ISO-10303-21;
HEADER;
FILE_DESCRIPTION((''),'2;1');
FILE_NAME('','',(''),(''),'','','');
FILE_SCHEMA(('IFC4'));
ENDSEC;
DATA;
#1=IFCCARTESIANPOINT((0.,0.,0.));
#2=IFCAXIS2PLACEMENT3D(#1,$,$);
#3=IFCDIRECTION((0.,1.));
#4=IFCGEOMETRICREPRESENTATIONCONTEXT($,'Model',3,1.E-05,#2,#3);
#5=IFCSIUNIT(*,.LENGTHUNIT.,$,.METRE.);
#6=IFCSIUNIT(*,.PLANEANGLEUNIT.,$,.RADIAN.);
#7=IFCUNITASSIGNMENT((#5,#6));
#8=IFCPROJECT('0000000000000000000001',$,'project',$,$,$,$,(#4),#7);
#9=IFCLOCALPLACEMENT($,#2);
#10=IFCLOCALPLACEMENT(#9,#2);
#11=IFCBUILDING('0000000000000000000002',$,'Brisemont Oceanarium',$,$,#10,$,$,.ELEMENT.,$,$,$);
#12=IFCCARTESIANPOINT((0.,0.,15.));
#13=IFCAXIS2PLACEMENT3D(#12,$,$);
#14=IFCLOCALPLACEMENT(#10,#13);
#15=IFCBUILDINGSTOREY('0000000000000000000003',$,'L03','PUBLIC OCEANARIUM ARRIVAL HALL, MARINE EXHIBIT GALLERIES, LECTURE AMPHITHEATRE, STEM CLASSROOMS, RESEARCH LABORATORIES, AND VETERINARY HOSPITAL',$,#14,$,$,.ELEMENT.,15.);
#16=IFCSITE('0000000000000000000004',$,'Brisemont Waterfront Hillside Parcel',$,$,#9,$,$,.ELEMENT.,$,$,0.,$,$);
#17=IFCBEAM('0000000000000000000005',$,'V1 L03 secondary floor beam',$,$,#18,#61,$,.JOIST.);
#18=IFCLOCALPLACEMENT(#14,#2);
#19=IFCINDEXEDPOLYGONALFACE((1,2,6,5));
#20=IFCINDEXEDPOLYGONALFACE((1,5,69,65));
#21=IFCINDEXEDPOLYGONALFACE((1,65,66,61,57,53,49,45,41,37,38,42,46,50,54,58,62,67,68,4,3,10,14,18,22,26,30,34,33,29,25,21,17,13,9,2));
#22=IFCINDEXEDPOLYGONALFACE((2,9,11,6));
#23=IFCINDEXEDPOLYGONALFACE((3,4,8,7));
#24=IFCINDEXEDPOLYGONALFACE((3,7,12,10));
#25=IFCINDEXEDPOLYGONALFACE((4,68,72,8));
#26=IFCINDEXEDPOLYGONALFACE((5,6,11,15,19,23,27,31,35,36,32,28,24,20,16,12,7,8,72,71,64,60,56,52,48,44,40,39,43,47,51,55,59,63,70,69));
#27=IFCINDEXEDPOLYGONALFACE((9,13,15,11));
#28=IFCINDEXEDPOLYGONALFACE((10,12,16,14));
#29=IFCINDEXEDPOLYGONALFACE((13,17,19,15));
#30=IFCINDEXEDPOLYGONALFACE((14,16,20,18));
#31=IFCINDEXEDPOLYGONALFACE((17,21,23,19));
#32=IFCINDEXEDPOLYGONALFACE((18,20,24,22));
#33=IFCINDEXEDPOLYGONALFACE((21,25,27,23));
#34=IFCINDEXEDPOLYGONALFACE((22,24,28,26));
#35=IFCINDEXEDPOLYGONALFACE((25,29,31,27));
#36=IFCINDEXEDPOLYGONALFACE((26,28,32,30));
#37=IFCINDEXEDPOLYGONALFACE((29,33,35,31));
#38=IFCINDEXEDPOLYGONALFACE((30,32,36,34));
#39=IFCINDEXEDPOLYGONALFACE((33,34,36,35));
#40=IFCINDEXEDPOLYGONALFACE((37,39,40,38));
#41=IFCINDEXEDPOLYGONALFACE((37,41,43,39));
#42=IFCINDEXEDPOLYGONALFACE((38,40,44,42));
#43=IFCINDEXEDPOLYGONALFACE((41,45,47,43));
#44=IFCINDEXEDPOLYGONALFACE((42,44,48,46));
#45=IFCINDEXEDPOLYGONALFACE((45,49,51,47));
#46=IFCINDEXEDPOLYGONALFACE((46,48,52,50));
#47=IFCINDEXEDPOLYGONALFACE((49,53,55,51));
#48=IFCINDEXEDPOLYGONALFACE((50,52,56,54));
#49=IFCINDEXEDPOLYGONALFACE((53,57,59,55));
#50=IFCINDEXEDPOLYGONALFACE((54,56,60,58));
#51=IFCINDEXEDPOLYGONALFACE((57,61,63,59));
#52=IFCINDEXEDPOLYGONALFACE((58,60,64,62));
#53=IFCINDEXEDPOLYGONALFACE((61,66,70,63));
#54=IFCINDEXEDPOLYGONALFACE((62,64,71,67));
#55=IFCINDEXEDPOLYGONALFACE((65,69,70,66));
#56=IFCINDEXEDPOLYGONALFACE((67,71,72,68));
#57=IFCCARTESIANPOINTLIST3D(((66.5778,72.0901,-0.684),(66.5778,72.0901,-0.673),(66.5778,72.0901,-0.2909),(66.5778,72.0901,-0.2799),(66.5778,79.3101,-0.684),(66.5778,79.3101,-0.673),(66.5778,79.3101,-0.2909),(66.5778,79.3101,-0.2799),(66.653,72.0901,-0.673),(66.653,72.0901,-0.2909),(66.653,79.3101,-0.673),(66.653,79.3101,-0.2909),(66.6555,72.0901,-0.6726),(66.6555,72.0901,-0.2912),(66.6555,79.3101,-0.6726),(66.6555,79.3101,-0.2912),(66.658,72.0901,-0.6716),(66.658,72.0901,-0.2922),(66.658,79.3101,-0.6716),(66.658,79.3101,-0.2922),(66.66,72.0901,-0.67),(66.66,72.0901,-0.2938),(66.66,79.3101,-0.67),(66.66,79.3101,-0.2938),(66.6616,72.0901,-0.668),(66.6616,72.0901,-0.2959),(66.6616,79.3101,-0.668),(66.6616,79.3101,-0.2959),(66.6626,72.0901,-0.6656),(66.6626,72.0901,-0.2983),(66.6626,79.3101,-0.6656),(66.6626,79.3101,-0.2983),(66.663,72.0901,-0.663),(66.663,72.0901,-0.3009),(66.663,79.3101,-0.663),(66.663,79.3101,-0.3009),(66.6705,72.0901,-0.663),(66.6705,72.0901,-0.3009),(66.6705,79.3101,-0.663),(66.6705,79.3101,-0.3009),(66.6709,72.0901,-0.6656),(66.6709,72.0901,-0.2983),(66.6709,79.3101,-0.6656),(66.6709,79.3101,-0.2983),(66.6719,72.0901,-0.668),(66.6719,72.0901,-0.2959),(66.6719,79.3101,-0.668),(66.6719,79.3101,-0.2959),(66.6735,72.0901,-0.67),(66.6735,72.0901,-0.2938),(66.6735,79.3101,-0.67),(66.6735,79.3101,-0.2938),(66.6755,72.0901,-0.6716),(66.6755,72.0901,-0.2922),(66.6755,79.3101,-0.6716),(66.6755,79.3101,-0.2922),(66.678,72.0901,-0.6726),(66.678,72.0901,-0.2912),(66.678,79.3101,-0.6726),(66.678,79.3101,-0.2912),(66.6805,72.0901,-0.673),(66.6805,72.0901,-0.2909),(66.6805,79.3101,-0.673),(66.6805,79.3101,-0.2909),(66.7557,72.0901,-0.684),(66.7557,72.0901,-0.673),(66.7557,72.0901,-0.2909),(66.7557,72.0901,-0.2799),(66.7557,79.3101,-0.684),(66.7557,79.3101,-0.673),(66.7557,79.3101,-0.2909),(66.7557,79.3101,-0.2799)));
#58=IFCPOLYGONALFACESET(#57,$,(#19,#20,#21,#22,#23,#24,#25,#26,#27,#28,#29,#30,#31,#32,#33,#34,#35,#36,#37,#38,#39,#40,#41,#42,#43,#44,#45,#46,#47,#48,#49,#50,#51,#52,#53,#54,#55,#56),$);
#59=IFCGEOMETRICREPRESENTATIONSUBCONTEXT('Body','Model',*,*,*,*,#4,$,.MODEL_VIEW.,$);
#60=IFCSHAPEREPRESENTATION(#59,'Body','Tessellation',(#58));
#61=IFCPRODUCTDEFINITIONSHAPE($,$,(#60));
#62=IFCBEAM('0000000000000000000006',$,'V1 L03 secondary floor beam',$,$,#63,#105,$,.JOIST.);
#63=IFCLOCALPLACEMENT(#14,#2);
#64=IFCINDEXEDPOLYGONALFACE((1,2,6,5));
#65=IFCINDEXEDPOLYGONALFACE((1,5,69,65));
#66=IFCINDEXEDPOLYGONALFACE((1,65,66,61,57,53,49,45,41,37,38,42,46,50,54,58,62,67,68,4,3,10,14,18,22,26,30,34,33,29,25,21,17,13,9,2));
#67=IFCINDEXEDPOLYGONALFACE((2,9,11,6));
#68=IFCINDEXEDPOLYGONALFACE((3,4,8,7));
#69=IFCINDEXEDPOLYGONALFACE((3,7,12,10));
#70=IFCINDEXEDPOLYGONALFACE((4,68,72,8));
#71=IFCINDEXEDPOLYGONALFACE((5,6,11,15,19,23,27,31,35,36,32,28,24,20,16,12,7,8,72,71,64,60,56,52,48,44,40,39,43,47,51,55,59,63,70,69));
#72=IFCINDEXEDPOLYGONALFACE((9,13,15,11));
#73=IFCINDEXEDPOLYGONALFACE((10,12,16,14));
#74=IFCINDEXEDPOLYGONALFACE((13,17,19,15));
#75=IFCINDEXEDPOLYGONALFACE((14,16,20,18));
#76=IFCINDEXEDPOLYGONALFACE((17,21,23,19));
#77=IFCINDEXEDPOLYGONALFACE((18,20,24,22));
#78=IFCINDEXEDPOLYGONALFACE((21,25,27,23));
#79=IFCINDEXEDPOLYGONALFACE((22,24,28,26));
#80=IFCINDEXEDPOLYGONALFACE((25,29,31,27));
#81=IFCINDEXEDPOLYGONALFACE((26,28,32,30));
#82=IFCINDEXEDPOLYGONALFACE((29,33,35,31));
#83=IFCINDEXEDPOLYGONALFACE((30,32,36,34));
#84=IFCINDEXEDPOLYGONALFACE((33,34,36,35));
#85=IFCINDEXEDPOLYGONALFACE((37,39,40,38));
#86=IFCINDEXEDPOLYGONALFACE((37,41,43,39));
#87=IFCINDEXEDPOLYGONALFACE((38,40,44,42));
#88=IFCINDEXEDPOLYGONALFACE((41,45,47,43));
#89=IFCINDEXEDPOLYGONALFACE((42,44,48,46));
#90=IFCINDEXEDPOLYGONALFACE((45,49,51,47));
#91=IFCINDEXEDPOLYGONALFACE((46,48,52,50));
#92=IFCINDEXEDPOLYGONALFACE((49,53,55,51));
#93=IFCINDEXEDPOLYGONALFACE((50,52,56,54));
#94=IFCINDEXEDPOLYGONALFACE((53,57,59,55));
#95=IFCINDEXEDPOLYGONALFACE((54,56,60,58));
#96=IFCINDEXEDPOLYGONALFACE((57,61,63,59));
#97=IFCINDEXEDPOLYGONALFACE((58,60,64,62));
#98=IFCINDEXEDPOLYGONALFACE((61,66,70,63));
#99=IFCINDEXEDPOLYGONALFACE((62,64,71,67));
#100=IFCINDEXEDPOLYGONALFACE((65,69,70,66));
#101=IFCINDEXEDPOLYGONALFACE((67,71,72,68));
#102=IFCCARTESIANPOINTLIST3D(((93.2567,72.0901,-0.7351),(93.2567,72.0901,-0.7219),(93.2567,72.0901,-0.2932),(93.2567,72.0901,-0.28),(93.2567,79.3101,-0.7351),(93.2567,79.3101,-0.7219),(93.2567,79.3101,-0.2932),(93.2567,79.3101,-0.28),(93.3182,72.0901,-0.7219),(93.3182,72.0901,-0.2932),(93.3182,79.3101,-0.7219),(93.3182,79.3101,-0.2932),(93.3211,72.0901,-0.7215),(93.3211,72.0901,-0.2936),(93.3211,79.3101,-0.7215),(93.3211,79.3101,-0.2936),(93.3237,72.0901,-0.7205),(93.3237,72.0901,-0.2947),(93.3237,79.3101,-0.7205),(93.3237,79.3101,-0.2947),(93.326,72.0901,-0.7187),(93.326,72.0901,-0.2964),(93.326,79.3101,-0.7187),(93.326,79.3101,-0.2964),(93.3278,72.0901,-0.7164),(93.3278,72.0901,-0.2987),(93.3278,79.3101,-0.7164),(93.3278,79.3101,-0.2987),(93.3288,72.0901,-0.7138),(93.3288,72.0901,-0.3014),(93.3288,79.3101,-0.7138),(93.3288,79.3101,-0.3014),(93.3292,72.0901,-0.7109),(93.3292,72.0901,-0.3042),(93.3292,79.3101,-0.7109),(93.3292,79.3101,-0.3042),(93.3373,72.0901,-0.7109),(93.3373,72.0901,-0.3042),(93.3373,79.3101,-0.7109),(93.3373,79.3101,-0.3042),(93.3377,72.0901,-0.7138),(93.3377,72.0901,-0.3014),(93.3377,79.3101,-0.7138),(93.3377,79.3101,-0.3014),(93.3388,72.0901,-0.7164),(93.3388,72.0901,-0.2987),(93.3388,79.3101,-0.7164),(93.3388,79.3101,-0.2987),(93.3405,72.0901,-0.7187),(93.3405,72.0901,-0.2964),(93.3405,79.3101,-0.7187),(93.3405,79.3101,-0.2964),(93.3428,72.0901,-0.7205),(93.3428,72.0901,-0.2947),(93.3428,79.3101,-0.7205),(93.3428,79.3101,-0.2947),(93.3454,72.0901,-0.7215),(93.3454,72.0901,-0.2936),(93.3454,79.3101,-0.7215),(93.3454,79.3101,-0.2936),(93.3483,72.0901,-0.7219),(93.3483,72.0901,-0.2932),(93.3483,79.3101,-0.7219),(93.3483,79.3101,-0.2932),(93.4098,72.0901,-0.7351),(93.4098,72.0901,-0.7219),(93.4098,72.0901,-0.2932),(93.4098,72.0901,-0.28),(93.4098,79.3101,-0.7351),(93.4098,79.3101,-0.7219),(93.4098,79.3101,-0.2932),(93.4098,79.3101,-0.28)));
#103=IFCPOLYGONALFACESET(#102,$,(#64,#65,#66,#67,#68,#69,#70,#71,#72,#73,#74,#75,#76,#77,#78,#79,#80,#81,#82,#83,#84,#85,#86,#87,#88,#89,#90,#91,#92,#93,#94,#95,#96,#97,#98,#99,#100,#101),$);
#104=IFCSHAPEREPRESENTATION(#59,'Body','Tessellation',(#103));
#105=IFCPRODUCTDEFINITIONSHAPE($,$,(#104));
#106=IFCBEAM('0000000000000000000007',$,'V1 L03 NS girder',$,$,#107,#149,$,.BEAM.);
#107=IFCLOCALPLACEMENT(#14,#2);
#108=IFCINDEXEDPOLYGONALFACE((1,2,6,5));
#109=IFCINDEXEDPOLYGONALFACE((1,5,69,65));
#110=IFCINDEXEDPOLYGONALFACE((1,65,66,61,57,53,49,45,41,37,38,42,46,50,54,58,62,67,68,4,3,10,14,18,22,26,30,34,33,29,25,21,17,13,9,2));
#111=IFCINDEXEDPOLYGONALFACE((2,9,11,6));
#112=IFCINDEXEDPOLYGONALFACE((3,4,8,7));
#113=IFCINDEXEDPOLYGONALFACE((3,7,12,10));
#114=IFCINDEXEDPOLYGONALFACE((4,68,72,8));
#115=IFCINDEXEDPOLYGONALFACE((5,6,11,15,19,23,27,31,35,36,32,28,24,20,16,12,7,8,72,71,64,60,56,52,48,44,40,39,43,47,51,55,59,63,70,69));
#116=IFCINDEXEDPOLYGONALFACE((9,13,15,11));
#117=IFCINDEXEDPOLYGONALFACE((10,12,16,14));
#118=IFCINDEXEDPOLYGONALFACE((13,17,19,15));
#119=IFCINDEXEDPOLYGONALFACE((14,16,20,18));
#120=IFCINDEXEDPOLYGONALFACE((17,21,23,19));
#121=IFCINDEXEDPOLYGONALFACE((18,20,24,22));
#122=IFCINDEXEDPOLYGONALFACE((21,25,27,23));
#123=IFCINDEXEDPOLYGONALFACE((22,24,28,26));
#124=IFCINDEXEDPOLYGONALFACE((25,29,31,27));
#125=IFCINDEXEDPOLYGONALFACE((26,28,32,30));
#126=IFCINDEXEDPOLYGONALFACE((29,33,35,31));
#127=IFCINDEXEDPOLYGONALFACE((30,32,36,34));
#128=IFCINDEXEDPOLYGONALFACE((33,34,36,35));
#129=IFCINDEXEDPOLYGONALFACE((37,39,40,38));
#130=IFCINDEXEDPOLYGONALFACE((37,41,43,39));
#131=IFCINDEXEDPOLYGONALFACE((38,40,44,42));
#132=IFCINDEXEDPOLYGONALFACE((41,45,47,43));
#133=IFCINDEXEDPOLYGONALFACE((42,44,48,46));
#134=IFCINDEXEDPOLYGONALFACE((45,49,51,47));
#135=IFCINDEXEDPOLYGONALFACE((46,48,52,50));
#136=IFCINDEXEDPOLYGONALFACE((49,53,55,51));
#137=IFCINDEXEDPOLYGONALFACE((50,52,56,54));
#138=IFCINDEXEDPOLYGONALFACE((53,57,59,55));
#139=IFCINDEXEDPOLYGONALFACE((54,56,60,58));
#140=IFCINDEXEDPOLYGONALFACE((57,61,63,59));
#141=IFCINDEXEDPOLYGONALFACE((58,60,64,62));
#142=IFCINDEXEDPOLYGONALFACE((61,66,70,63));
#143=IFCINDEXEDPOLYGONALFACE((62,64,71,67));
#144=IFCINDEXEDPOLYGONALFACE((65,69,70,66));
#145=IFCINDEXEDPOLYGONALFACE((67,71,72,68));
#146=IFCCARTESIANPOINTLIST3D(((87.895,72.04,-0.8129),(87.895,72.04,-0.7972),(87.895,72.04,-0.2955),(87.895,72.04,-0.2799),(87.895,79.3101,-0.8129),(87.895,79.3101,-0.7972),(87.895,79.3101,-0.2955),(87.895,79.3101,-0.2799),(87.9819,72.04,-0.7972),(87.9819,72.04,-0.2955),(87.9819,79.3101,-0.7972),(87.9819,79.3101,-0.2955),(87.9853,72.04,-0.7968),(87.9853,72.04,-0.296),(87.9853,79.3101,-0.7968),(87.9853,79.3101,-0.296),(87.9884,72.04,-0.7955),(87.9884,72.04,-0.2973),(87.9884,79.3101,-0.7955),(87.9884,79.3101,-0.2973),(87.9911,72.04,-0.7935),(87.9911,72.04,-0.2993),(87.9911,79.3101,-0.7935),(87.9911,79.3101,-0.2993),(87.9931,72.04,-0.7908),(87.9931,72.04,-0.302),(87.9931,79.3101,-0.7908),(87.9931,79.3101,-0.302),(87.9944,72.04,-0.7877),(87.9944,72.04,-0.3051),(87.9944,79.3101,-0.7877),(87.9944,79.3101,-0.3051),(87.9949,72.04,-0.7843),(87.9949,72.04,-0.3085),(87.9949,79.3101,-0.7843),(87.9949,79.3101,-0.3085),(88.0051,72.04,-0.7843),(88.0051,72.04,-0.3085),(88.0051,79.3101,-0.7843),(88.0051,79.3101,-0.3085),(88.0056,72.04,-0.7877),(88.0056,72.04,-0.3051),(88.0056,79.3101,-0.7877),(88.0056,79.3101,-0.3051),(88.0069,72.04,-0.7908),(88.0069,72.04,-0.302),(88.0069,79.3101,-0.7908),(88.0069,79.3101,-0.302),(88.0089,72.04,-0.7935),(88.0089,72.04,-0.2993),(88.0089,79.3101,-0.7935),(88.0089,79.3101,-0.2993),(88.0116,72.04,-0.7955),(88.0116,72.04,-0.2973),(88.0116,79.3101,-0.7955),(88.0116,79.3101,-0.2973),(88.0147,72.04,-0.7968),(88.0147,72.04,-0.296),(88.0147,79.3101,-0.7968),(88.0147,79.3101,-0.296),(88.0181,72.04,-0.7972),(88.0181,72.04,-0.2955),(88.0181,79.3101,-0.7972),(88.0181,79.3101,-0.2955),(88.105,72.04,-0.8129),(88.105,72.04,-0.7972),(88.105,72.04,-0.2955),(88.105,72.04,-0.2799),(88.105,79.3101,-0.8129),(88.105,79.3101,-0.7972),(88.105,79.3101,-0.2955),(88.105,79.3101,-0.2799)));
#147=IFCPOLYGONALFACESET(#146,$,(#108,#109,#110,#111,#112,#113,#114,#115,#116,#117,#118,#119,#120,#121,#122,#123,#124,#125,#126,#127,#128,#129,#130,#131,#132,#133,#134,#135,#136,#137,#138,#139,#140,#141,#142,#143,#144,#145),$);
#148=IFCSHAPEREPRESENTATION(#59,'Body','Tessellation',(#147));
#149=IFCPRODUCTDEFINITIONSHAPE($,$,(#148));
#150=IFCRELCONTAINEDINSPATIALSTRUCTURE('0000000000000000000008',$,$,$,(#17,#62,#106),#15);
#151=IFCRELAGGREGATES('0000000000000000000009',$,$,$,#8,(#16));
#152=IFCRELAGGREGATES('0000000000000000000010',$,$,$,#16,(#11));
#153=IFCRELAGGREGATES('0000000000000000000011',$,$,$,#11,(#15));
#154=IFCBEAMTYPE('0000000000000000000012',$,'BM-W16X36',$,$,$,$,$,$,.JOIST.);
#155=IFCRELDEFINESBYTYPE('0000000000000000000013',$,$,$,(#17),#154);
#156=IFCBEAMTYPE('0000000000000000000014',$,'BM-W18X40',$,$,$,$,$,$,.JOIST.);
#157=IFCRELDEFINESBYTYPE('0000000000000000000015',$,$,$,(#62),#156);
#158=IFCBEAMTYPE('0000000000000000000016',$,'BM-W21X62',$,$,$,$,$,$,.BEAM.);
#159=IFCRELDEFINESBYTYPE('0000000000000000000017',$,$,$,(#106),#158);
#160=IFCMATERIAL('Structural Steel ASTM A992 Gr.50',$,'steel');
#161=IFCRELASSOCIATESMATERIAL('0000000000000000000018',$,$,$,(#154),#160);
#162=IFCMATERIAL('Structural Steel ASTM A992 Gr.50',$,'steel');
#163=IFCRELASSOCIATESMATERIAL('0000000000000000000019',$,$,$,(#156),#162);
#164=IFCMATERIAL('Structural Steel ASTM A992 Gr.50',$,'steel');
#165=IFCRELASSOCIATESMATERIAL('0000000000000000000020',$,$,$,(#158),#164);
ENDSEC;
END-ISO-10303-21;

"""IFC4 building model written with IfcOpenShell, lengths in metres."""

from ifc_helpers import new_model, si_unit, direction, frame, origin, origin_2d, place, context, subcontext, project, spatial, i_section, extrude, material, material_profile, profile_set, type_object, element, save


model = new_model("IFC4")

# Units and contexts
model_context = context("Model", 3, precision=1e-05, world=origin(), true_north=direction((0.0, 1.0)))
body_context = subcontext(model_context, "Body", "Model", "MODEL_VIEW")
ifc_project = project(units=[si_unit("LENGTHUNIT", "METRE"), si_unit("PLANEANGLEUNIT", "RADIAN")], contexts=[model_context])

# Site, building, storey
site_placement = place(None, origin())
site = spatial("IfcSite", under=ifc_project, at=site_placement, Name="Brisemont Waterfront Hillside Parcel", CompositionType="ELEMENT", RefElevation=0.0)
building_placement = place(site_placement, origin())
building = spatial("IfcBuilding", under=site, at=building_placement, Name="Brisemont Oceanarium", CompositionType="ELEMENT")
storey_placement = place(building_placement, frame((0.0, 0.0, 15.0)))
storey = spatial("IfcBuildingStorey", under=building, at=storey_placement, Name="L03", Description="PUBLIC OCEANARIUM ARRIVAL HALL, MARINE EXHIBIT GALLERIES, LECTURE AMPHITHEATRE, STEM CLASSROOMS, RESEARCH LABORATORIES, AND VETERINARY HOSPITAL", CompositionType="ELEMENT", Elevation=15.0)

# Beams
ifc_material_1 = material(Name="Structural Steel ASTM A992 Gr.50", Category="steel")
ifc_material_profile_1 = material_profile(ifc_material_1, i_section(OverallWidth=0.178, OverallDepth=0.4041, WebThickness=0.0076, FlangeThickness=0.011, FilletRadius=0.01, at=origin_2d()), Name="W16X36")
ifc_profile_set_1 = profile_set([ifc_material_profile_1], Name="Structural Steel ASTM A992 Gr.50")
beam_type_1 = type_object("IfcBeamType", Name="BM-W16X36", PredefinedType="JOIST", material=ifc_profile_set_1)
beam_1_placement = place(storey_placement, frame((66.6667, 72.0901, -0.4819), z_axis=(0.0, 1.0, 0.0), x_axis=(-1.0, 0.0, 0.0)))
element("IfcBeam", 1, at=beam_1_placement, inside=storey, type_object=beam_type_1, Name="V1 L03 secondary floor beam", PredefinedType="JOIST", context=body_context, shape_type="SweptSolid", body=[
    extrude(i_section(OverallWidth=0.178, OverallDepth=0.4041, WebThickness=0.0076, FlangeThickness=0.011, FilletRadius=0.01, at=origin_2d()), origin(), (0.0, 0.0, 1.0), 7.22),
])
ifc_material_2 = material(Name="Structural Steel ASTM A992 Gr.50", Category="steel")
ifc_material_profile_2 = material_profile(ifc_material_2, i_section(OverallWidth=0.1531, OverallDepth=0.4551, WebThickness=0.0081, FlangeThickness=0.0132, FilletRadius=0.011, at=origin_2d()), Name="W18X40")
ifc_profile_set_2 = profile_set([ifc_material_profile_2], Name="Structural Steel ASTM A992 Gr.50")
beam_type_2 = type_object("IfcBeamType", Name="BM-W18X40", PredefinedType="JOIST", material=ifc_profile_set_2)
beam_2_placement = place(storey_placement, frame((93.3333, 72.0901, -0.5076), z_axis=(0.0, 1.0, 0.0), x_axis=(-1.0, 0.0, 0.0)))
element("IfcBeam", 2, at=beam_2_placement, inside=storey, type_object=beam_type_2, Name="V1 L03 secondary floor beam", PredefinedType="JOIST", context=body_context, shape_type="SweptSolid", body=[
    extrude(i_section(OverallWidth=0.1531, OverallDepth=0.4551, WebThickness=0.0081, FlangeThickness=0.0132, FilletRadius=0.011, at=origin_2d()), origin(), (0.0, 0.0, 1.0), 7.22),
])
ifc_material_3 = material(Name="Structural Steel ASTM A992 Gr.50", Category="steel")
ifc_material_profile_3 = material_profile(ifc_material_3, i_section(OverallWidth=0.21, OverallDepth=0.533, WebThickness=0.0103, FlangeThickness=0.0156, FilletRadius=0.0129, at=origin_2d()), Name="W21X62")
ifc_profile_set_3 = profile_set([ifc_material_profile_3], Name="Structural Steel ASTM A992 Gr.50")
beam_type_3 = type_object("IfcBeamType", Name="BM-W21X62", PredefinedType="BEAM", material=ifc_profile_set_3)
beam_3_placement = place(storey_placement, frame((88.0, 72.04, -0.5464), z_axis=(0.0, 1.0, 0.0), x_axis=(-1.0, 0.0, 0.0)))
element("IfcBeam", 3, at=beam_3_placement, inside=storey, type_object=beam_type_3, Name="V1 L03 NS girder", PredefinedType="BEAM", context=body_context, shape_type="SweptSolid", body=[
    extrude(i_section(OverallWidth=0.21, OverallDepth=0.533, WebThickness=0.0103, FlangeThickness=0.0156, FilletRadius=0.0129, at=origin_2d()), origin(), (0.0, 0.0, 1.0), 7.27),
])

save(model, "model.ifc")
